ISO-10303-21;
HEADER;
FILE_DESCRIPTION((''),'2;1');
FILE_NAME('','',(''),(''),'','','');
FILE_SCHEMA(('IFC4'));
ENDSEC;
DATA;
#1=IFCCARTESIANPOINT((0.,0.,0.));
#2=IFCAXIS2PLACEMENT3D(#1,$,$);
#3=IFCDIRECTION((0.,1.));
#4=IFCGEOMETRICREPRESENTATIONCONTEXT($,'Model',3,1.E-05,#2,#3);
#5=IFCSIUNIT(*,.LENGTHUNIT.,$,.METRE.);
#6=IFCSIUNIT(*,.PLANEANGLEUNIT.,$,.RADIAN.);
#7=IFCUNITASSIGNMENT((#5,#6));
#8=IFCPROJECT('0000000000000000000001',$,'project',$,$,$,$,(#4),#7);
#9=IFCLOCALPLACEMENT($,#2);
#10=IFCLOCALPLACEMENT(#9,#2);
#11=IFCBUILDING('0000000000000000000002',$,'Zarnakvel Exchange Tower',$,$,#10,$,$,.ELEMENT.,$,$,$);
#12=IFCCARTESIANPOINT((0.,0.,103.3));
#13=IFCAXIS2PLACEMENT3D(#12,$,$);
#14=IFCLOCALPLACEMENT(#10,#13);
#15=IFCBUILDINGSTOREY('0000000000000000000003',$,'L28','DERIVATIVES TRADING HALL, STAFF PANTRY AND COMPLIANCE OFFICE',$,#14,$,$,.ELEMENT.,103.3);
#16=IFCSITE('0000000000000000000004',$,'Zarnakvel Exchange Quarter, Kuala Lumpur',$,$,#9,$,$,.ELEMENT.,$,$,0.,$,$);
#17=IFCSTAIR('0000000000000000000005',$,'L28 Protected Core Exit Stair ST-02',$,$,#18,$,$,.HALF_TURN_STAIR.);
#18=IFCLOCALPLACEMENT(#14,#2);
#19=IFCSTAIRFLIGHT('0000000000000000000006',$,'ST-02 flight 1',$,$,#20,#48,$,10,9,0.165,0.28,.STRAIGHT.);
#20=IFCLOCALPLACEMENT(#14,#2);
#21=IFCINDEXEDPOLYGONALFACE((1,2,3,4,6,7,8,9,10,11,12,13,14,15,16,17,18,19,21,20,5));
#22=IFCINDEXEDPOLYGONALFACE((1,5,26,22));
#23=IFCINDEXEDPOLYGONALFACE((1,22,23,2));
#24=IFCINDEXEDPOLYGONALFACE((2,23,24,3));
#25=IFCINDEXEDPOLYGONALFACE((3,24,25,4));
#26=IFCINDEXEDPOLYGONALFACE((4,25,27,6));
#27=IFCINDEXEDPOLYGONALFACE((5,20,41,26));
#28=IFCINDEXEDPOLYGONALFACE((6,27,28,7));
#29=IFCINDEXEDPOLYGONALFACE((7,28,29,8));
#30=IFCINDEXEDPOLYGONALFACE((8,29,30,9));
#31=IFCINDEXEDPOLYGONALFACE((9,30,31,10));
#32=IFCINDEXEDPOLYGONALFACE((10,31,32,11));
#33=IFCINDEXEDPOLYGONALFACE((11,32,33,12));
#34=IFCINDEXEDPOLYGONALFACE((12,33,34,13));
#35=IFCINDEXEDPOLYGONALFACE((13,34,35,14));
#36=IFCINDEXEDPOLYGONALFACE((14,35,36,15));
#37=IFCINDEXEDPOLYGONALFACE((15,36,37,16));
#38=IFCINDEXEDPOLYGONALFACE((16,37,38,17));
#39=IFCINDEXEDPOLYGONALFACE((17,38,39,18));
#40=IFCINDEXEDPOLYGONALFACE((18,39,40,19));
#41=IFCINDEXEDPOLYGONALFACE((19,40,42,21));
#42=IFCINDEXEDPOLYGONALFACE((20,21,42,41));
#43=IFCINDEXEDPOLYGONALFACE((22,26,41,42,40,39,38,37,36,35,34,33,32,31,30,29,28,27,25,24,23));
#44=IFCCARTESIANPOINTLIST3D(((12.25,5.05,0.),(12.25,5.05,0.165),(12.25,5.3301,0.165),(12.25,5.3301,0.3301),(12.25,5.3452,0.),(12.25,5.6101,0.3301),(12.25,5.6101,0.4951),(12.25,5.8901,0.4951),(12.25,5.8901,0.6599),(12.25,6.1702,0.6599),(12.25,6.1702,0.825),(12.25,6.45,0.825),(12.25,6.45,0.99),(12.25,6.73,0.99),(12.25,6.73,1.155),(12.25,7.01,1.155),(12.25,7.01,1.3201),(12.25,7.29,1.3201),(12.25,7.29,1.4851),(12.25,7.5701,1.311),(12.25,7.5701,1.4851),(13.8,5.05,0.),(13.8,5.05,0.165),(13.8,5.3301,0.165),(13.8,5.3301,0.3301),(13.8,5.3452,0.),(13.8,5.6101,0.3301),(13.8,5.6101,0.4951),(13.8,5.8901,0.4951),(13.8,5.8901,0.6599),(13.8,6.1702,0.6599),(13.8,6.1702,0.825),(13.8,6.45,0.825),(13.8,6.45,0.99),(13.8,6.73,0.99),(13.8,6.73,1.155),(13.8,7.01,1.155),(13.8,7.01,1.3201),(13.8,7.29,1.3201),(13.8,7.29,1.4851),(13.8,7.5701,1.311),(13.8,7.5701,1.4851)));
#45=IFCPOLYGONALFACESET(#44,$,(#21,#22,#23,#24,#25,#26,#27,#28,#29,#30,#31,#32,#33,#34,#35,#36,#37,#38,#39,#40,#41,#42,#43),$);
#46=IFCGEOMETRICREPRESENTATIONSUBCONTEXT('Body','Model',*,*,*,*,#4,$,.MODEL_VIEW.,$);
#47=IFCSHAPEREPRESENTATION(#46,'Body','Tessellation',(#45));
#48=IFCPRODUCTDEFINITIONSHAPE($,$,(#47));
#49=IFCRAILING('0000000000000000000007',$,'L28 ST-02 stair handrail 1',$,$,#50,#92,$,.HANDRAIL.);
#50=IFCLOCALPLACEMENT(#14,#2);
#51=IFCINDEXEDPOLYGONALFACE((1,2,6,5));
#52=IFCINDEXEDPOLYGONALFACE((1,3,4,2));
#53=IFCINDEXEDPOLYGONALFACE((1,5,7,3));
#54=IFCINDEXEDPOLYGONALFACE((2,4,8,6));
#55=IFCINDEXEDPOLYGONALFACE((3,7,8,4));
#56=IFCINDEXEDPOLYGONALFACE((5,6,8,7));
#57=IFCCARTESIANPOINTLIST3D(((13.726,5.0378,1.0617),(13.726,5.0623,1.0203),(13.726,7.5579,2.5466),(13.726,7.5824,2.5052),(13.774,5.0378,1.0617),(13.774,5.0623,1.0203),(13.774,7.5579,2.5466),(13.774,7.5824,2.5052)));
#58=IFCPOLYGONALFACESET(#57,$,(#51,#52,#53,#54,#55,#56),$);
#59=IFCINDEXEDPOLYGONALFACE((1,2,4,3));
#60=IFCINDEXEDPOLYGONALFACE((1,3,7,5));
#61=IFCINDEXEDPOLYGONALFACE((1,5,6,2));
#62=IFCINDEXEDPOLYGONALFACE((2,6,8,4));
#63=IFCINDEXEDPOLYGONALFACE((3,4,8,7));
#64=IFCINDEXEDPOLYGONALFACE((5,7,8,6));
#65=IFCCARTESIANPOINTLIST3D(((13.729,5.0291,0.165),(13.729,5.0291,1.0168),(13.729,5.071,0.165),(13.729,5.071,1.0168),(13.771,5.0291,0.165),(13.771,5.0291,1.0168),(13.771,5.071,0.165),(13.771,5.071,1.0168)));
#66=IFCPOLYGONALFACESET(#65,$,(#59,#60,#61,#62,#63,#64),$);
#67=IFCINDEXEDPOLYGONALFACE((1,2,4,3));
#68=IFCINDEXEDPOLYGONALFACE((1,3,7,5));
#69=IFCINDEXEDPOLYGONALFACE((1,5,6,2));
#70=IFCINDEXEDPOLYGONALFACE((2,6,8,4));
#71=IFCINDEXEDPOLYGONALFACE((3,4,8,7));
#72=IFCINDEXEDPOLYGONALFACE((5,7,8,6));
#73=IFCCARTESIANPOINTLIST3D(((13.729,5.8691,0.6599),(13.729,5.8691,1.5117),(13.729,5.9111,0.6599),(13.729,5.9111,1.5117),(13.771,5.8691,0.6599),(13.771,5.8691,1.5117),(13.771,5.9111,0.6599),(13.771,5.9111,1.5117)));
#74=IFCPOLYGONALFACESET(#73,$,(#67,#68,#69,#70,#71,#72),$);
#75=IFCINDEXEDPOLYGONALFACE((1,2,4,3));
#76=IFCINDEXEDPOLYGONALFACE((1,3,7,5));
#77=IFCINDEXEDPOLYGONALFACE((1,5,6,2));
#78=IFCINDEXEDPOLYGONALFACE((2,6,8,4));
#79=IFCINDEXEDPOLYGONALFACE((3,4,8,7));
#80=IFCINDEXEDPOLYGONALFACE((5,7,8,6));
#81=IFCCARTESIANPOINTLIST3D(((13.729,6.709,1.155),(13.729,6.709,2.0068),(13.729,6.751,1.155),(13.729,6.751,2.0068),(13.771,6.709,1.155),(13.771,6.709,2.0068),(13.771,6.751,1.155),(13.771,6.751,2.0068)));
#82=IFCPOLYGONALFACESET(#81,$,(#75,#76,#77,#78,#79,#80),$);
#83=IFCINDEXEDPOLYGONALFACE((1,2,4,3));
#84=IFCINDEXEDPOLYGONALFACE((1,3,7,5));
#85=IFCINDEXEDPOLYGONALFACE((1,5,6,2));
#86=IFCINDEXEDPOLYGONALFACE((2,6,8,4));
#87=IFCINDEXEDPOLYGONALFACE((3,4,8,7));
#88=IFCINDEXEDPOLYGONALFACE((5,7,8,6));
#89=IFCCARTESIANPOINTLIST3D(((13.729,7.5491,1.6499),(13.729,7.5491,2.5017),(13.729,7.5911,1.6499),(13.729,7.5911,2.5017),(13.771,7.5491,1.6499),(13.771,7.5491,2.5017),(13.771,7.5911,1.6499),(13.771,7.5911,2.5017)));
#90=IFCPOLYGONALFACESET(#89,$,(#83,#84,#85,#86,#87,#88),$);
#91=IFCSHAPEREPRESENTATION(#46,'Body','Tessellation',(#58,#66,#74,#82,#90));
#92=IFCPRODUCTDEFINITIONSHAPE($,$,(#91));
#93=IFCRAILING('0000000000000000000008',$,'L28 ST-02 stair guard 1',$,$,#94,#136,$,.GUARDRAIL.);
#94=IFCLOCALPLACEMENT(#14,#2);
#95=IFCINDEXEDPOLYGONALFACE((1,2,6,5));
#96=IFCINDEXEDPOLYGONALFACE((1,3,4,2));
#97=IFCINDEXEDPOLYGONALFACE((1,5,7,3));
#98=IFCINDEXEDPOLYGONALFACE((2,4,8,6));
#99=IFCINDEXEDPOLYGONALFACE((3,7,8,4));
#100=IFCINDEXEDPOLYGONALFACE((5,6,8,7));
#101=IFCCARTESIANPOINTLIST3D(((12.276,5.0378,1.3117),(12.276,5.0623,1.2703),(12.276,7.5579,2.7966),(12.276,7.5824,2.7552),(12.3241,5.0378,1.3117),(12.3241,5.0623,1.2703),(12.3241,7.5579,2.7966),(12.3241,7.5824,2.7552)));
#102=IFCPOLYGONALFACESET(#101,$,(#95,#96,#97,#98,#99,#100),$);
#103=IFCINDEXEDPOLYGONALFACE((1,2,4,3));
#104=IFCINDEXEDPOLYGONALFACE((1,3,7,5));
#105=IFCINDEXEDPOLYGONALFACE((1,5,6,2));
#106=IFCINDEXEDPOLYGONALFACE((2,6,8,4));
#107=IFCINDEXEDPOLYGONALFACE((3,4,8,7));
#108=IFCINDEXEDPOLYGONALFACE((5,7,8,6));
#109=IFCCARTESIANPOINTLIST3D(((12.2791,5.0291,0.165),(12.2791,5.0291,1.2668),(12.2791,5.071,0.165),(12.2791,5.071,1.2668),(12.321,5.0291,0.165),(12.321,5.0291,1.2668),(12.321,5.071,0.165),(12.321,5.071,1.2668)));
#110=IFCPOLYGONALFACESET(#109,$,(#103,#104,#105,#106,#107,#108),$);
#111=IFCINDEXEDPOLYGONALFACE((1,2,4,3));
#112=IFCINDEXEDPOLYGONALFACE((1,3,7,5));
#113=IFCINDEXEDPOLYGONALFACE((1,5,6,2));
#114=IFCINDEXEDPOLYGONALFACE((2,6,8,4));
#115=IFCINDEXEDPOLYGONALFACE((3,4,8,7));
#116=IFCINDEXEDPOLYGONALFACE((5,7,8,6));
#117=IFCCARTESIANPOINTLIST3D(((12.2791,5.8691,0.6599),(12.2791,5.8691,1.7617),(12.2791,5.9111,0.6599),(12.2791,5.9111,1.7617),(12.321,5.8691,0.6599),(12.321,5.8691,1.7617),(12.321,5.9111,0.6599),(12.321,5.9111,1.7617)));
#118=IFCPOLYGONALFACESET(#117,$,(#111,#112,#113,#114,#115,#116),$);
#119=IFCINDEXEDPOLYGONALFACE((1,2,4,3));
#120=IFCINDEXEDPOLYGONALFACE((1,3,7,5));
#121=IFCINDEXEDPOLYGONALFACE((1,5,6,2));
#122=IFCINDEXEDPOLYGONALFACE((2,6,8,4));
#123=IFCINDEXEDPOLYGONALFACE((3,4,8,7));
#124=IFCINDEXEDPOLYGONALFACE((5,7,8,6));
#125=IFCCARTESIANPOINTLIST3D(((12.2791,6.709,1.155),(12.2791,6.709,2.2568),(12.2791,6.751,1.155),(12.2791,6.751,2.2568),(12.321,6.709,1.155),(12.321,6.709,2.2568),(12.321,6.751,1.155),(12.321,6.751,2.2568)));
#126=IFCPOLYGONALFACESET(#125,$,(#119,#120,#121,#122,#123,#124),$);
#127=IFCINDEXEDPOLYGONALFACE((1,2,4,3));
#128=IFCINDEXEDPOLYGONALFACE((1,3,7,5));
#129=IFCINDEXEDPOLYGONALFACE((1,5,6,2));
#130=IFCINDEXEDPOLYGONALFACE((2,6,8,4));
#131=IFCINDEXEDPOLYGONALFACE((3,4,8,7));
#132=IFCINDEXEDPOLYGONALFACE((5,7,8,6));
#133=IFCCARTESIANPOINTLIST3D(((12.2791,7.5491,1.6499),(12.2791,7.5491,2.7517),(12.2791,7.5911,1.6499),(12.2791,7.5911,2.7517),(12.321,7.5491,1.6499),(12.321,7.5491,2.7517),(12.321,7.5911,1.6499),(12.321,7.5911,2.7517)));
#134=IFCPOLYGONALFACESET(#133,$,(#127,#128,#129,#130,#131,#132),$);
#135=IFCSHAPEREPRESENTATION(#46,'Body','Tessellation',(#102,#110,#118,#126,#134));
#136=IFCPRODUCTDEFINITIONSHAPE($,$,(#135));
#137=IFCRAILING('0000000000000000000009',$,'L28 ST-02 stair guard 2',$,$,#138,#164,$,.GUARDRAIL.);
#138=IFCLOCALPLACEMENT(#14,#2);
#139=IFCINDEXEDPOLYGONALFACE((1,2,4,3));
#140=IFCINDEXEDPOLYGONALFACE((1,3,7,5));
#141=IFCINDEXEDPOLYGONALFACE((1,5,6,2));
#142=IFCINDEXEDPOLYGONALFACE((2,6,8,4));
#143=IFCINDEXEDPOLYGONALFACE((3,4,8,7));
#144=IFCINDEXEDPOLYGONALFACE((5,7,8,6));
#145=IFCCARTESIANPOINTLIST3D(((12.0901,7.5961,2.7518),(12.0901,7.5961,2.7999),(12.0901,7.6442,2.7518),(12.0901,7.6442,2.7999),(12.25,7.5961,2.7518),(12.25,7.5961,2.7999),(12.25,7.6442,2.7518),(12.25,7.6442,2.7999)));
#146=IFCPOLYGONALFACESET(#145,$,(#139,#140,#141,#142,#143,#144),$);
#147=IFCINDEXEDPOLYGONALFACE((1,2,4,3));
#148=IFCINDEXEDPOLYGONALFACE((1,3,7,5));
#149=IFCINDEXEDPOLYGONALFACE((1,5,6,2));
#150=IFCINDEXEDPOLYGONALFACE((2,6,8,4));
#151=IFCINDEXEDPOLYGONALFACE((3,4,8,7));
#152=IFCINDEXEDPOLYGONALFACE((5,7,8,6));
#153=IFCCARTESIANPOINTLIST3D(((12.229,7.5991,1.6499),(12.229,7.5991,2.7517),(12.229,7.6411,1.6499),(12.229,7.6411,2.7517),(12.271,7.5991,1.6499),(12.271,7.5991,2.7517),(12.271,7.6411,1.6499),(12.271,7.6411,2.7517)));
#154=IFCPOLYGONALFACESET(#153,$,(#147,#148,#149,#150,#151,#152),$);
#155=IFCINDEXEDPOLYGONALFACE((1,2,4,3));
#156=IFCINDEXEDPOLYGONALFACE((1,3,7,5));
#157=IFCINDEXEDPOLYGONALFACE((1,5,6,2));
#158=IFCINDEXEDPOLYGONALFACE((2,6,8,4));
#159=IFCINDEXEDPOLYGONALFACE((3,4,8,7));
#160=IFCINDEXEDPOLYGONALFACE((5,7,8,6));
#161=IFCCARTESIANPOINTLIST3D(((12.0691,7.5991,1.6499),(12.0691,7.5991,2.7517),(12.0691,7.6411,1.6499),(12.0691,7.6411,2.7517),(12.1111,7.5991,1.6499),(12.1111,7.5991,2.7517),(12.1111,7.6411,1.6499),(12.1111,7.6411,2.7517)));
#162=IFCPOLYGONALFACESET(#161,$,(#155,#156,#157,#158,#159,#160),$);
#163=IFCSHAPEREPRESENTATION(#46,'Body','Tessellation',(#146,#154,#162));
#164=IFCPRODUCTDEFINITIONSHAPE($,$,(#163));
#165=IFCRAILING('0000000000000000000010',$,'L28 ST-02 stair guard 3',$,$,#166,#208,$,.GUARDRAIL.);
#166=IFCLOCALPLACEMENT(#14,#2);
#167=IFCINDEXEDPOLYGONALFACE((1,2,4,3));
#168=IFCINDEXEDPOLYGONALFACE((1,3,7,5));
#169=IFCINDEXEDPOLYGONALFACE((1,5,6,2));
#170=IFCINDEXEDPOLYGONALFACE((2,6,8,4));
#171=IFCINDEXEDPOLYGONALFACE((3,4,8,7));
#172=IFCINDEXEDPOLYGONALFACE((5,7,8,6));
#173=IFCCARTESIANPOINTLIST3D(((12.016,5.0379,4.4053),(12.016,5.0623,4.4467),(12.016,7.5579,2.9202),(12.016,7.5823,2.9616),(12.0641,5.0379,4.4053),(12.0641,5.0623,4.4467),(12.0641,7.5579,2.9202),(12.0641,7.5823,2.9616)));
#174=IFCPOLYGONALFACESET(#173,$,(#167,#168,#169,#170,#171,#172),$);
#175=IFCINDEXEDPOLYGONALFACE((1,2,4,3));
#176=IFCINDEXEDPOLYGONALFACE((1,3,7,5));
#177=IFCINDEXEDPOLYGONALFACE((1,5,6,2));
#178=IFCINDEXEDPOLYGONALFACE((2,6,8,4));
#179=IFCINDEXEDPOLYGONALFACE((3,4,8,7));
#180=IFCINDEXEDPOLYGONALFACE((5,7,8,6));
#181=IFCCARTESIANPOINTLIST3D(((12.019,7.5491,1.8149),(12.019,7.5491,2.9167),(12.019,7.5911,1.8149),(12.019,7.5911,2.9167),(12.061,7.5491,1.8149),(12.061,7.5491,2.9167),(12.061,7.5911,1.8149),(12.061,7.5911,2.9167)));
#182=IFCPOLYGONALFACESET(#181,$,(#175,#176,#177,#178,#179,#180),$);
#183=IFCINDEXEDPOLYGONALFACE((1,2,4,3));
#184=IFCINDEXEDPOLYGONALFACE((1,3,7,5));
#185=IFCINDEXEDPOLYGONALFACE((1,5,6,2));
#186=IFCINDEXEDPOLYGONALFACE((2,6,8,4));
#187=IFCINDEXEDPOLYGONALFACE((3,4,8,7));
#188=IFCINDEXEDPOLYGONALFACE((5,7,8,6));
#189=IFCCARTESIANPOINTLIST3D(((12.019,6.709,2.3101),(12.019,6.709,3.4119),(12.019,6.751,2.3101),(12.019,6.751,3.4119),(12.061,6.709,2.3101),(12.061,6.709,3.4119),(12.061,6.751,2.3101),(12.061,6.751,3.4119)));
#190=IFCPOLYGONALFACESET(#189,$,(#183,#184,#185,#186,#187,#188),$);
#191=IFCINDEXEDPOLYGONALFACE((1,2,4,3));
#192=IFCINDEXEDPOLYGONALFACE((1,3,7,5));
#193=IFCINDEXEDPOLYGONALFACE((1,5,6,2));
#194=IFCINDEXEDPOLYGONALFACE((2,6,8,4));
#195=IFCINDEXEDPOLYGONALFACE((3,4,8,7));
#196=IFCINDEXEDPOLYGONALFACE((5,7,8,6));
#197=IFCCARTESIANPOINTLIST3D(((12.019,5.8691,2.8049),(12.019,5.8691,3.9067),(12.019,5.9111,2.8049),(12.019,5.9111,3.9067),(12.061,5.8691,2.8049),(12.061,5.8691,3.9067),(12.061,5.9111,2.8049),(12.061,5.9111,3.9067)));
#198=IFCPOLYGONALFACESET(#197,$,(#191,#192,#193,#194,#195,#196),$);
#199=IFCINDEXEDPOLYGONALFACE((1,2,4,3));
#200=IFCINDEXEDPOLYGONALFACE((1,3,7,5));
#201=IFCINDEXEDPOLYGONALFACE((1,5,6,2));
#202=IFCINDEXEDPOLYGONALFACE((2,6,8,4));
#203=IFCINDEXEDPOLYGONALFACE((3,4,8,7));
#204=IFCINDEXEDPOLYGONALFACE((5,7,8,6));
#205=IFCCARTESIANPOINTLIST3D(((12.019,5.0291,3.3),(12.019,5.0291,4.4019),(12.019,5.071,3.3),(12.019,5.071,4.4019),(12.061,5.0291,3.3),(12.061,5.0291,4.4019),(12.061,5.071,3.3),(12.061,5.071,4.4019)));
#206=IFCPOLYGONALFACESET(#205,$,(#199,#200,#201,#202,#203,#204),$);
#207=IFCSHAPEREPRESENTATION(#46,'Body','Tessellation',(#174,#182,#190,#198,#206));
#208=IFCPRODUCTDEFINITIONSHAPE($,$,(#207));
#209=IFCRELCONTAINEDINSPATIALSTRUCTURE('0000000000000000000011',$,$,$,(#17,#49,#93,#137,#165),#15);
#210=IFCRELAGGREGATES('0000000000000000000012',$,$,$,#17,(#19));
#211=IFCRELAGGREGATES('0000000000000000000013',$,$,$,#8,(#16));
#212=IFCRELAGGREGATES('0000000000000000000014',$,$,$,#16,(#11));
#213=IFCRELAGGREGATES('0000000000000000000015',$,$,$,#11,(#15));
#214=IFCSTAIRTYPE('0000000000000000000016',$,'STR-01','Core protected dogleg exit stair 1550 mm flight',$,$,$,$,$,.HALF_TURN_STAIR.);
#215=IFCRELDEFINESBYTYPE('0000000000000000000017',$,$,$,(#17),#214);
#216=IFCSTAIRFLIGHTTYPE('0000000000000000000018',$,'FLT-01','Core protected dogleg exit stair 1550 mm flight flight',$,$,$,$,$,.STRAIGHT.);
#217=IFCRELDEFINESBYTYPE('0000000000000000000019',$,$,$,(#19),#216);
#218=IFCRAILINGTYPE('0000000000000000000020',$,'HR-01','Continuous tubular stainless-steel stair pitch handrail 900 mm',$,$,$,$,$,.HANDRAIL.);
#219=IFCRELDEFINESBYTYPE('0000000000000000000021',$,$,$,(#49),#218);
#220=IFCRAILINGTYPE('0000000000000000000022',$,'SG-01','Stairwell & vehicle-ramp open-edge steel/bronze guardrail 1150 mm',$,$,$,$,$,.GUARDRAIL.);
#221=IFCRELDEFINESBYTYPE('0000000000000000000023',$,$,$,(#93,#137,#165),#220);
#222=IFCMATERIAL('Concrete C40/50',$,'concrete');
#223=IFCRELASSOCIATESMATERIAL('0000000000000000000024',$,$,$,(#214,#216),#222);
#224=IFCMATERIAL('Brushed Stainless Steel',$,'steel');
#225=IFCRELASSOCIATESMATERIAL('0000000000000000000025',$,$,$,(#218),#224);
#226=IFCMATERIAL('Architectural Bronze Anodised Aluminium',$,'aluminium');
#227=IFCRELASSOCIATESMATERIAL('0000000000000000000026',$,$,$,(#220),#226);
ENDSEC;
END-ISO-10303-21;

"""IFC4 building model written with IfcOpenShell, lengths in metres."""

from ifc_helpers import new_model, si_unit, direction, frame, origin, origin_2d, place, context, subcontext, project, spatial, polyline, rectangle, outline, extrude, material, type_object, element, aggregate, save


model = new_model("IFC4")

# Units and contexts
model_context = context("Model", 3, precision=1e-05, world=origin(), true_north=direction((0.0, 1.0)))
body_context = subcontext(model_context, "Body", "Model", "MODEL_VIEW")
ifc_project = project(units=[si_unit("LENGTHUNIT", "METRE"), si_unit("PLANEANGLEUNIT", "RADIAN")], contexts=[model_context])

# Site, building, storey
site_placement = place(None, origin())
site = spatial("IfcSite", under=ifc_project, at=site_placement, Name="Zarnakvel Exchange Quarter, Kuala Lumpur", CompositionType="ELEMENT", RefElevation=0.0)
building_placement = place(site_placement, origin())
building = spatial("IfcBuilding", under=site, at=building_placement, Name="Zarnakvel Exchange Tower", CompositionType="ELEMENT")
storey_placement = place(building_placement, frame((0.0, 0.0, 103.3)))
storey = spatial("IfcBuildingStorey", under=building, at=storey_placement, Name="L28", Description="DERIVATIVES TRADING HALL, STAFF PANTRY AND COMPLIANCE OFFICE", CompositionType="ELEMENT", Elevation=103.3)

# Shared definitions
ifc_material_1 = material(Name="Architectural Bronze Anodised Aluminium", Category="aluminium")

# Shared definitions
ifc_material_2 = material(Name="Concrete C40/50", Category="concrete")

# Stair, stair flight
stair_type = type_object("IfcStairType", Name="STR-01", Description="Core protected dogleg exit stair 1550 mm flight", PredefinedType="HALF_TURN_STAIR", material=ifc_material_2)
stair_placement = place(storey_placement, origin())
stair = element("IfcStair", 1, at=stair_placement, inside=storey, type_object=stair_type, Name="L28 Protected Core Exit Stair ST-02", PredefinedType="HALF_TURN_STAIR")
stair_flight_type = type_object("IfcStairFlightType", Name="FLT-01", Description="Core protected dogleg exit stair 1550 mm flight flight", PredefinedType="STRAIGHT", material=ifc_material_2)
stair_flight_placement = place(storey_placement, frame((13.0249, 5.05, 0.0), z_axis=(0.0, 0.0, 1.0), x_axis=(0.0, 1.0, 0.0)))
stair_flight = element("IfcStairFlight", 2, at=stair_flight_placement, type_object=stair_flight_type, Name="ST-02 flight 1", NumberOfRisers=10, NumberOfTreads=9, PredefinedType="STRAIGHT", RiserHeight=0.165, TreadLength=0.28, context=body_context, shape_type="SweptSolid", body=[
    extrude(outline(polyline([(0.0, 0.0), (0.0, 0.165), (0.28, 0.165), (0.28, 0.3301), (0.5601, 0.3301), (0.5601, 0.4951), (0.8401, 0.4951), (0.8401, 0.6599), (1.1201, 0.6599), (1.1201, 0.825), (1.3999, 0.825), (1.3999, 0.99), (1.6799, 0.99), (1.6799, 1.155), (1.96, 1.155), (1.96, 1.3201), (2.24, 1.3201), (2.24, 1.4851), (2.52, 1.4851), (2.52, 1.6499), (2.52, 1.311), (0.2952, 0.0), (0.0, 0.0)])), frame((0.0, 0.7749, 0.0), z_axis=(0.0, -1.0, 0.0), x_axis=(1.0, 0.0, 0.0)), (0.0, 0.0, 1.0), 1.55),
])
aggregate(stair, [stair_flight])

# Railings
ifc_material_3 = material(Name="Brushed Stainless Steel", Category="steel")
railing_type_1 = type_object("IfcRailingType", Name="HR-01", Description="Continuous tubular stainless-steel stair pitch handrail 900 mm", PredefinedType="HANDRAIL", material=ifc_material_3)
railing_1_placement = place(storey_placement, frame((13.75, 5.05, 0.165)))
element("IfcRailing", 3, at=railing_1_placement, inside=storey, type_object=railing_type_1, Name="L28 ST-02 stair handrail 1", PredefinedType="HANDRAIL", context=body_context, shape_type="SweptSolid", body=[
    extrude(rectangle(XDim=0.0481, YDim=0.0481, at=origin_2d()), frame((0.0, 0.0, 0.876), z_axis=(0.0, 0.861561, 0.507655), x_axis=(-1.0, 0.0, 0.0)), (0.0, 0.0, 1.0), 2.925),
    extrude(rectangle(XDim=0.042, YDim=0.042, at=origin_2d()), origin(), (0.0, 0.0, 1.0), 0.8518),
    extrude(rectangle(XDim=0.042, YDim=0.042, at=origin_2d()), frame((0.0, 0.8401, 0.4949)), (0.0, 0.0, 1.0), 0.8518),
    extrude(rectangle(XDim=0.042, YDim=0.042, at=origin_2d()), frame((0.0, 1.6799, 0.99)), (0.0, 0.0, 1.0), 0.8518),
    extrude(rectangle(XDim=0.042, YDim=0.042, at=origin_2d()), frame((0.0, 2.52, 1.4849)), (0.0, 0.0, 1.0), 0.8518),
])
railing_type_2 = type_object("IfcRailingType", Name="SG-01", Description="Stairwell & vehicle-ramp open-edge steel/bronze guardrail 1150 mm", PredefinedType="GUARDRAIL", material=ifc_material_1)
railing_2_placement = place(storey_placement, frame((12.3, 5.05, 0.165)))
element("IfcRailing", 4, at=railing_2_placement, inside=storey, type_object=railing_type_2, Name="L28 ST-02 stair guard 1", PredefinedType="GUARDRAIL", context=body_context, shape_type="SweptSolid", body=[
    extrude(rectangle(XDim=0.0481, YDim=0.0481, at=origin_2d()), frame((0.0, 0.0, 1.126), z_axis=(0.0, 0.861561, 0.507655), x_axis=(-1.0, 0.0, 0.0)), (0.0, 0.0, 1.0), 2.925),
    extrude(rectangle(XDim=0.042, YDim=0.042, at=origin_2d()), origin(), (0.0, 0.0, 1.0), 1.1018),
    extrude(rectangle(XDim=0.042, YDim=0.042, at=origin_2d()), frame((0.0, 0.8401, 0.4949)), (0.0, 0.0, 1.0), 1.1018),
    extrude(rectangle(XDim=0.042, YDim=0.042, at=origin_2d()), frame((0.0, 1.6799, 0.99)), (0.0, 0.0, 1.0), 1.1018),
    extrude(rectangle(XDim=0.042, YDim=0.042, at=origin_2d()), frame((0.0, 2.52, 1.4849)), (0.0, 0.0, 1.0), 1.1018),
])
railing_3_placement = place(storey_placement, frame((12.25, 7.6201, 1.6499)))
element("IfcRailing", 5, at=railing_3_placement, inside=storey, type_object=railing_type_2, Name="L28 ST-02 stair guard 2", PredefinedType="GUARDRAIL", context=body_context, shape_type="SweptSolid", body=[
    extrude(rectangle(XDim=0.0481, YDim=0.0481, at=origin_2d()), frame((0.0, 0.0, 1.126), z_axis=(-1.0, 0.0, 0.0), x_axis=(0.0, -1.0, 0.0)), (0.0, 0.0, 1.0), 0.1599),
    extrude(rectangle(XDim=0.042, YDim=0.042, at=origin_2d()), origin(), (0.0, 0.0, 1.0), 1.1018),
    extrude(rectangle(XDim=0.042, YDim=0.042, at=origin_2d()), frame((-0.1599, 0.0, 0.0)), (0.0, 0.0, 1.0), 1.1018),
])
railing_4_placement = place(storey_placement, frame((12.04, 7.5701, 1.8149)))
element("IfcRailing", 6, at=railing_4_placement, inside=storey, type_object=railing_type_2, Name="L28 ST-02 stair guard 3", PredefinedType="GUARDRAIL", context=body_context, shape_type="SweptSolid", body=[
    extrude(rectangle(XDim=0.0481, YDim=0.0481, at=origin_2d()), frame((0.0, 0.0, 1.126), z_axis=(0.0, -0.861524, 0.507717), x_axis=(1.0, 0.0, 0.0)), (0.0, 0.0, 1.0), 2.925),
    extrude(rectangle(XDim=0.042, YDim=0.042, at=origin_2d()), origin(), (0.0, 0.0, 1.0), 1.1018),
    extrude(rectangle(XDim=0.042, YDim=0.042, at=origin_2d()), frame((0.0, -0.8401, 0.4951)), (0.0, 0.0, 1.0), 1.1018),
    extrude(rectangle(XDim=0.042, YDim=0.042, at=origin_2d()), frame((0.0, -1.6799, 0.99)), (0.0, 0.0, 1.0), 1.1018),
    extrude(rectangle(XDim=0.042, YDim=0.042, at=origin_2d()), frame((0.0, -2.52, 1.4851)), (0.0, 0.0, 1.0), 1.1018),
])

save(model, "model.ifc")
